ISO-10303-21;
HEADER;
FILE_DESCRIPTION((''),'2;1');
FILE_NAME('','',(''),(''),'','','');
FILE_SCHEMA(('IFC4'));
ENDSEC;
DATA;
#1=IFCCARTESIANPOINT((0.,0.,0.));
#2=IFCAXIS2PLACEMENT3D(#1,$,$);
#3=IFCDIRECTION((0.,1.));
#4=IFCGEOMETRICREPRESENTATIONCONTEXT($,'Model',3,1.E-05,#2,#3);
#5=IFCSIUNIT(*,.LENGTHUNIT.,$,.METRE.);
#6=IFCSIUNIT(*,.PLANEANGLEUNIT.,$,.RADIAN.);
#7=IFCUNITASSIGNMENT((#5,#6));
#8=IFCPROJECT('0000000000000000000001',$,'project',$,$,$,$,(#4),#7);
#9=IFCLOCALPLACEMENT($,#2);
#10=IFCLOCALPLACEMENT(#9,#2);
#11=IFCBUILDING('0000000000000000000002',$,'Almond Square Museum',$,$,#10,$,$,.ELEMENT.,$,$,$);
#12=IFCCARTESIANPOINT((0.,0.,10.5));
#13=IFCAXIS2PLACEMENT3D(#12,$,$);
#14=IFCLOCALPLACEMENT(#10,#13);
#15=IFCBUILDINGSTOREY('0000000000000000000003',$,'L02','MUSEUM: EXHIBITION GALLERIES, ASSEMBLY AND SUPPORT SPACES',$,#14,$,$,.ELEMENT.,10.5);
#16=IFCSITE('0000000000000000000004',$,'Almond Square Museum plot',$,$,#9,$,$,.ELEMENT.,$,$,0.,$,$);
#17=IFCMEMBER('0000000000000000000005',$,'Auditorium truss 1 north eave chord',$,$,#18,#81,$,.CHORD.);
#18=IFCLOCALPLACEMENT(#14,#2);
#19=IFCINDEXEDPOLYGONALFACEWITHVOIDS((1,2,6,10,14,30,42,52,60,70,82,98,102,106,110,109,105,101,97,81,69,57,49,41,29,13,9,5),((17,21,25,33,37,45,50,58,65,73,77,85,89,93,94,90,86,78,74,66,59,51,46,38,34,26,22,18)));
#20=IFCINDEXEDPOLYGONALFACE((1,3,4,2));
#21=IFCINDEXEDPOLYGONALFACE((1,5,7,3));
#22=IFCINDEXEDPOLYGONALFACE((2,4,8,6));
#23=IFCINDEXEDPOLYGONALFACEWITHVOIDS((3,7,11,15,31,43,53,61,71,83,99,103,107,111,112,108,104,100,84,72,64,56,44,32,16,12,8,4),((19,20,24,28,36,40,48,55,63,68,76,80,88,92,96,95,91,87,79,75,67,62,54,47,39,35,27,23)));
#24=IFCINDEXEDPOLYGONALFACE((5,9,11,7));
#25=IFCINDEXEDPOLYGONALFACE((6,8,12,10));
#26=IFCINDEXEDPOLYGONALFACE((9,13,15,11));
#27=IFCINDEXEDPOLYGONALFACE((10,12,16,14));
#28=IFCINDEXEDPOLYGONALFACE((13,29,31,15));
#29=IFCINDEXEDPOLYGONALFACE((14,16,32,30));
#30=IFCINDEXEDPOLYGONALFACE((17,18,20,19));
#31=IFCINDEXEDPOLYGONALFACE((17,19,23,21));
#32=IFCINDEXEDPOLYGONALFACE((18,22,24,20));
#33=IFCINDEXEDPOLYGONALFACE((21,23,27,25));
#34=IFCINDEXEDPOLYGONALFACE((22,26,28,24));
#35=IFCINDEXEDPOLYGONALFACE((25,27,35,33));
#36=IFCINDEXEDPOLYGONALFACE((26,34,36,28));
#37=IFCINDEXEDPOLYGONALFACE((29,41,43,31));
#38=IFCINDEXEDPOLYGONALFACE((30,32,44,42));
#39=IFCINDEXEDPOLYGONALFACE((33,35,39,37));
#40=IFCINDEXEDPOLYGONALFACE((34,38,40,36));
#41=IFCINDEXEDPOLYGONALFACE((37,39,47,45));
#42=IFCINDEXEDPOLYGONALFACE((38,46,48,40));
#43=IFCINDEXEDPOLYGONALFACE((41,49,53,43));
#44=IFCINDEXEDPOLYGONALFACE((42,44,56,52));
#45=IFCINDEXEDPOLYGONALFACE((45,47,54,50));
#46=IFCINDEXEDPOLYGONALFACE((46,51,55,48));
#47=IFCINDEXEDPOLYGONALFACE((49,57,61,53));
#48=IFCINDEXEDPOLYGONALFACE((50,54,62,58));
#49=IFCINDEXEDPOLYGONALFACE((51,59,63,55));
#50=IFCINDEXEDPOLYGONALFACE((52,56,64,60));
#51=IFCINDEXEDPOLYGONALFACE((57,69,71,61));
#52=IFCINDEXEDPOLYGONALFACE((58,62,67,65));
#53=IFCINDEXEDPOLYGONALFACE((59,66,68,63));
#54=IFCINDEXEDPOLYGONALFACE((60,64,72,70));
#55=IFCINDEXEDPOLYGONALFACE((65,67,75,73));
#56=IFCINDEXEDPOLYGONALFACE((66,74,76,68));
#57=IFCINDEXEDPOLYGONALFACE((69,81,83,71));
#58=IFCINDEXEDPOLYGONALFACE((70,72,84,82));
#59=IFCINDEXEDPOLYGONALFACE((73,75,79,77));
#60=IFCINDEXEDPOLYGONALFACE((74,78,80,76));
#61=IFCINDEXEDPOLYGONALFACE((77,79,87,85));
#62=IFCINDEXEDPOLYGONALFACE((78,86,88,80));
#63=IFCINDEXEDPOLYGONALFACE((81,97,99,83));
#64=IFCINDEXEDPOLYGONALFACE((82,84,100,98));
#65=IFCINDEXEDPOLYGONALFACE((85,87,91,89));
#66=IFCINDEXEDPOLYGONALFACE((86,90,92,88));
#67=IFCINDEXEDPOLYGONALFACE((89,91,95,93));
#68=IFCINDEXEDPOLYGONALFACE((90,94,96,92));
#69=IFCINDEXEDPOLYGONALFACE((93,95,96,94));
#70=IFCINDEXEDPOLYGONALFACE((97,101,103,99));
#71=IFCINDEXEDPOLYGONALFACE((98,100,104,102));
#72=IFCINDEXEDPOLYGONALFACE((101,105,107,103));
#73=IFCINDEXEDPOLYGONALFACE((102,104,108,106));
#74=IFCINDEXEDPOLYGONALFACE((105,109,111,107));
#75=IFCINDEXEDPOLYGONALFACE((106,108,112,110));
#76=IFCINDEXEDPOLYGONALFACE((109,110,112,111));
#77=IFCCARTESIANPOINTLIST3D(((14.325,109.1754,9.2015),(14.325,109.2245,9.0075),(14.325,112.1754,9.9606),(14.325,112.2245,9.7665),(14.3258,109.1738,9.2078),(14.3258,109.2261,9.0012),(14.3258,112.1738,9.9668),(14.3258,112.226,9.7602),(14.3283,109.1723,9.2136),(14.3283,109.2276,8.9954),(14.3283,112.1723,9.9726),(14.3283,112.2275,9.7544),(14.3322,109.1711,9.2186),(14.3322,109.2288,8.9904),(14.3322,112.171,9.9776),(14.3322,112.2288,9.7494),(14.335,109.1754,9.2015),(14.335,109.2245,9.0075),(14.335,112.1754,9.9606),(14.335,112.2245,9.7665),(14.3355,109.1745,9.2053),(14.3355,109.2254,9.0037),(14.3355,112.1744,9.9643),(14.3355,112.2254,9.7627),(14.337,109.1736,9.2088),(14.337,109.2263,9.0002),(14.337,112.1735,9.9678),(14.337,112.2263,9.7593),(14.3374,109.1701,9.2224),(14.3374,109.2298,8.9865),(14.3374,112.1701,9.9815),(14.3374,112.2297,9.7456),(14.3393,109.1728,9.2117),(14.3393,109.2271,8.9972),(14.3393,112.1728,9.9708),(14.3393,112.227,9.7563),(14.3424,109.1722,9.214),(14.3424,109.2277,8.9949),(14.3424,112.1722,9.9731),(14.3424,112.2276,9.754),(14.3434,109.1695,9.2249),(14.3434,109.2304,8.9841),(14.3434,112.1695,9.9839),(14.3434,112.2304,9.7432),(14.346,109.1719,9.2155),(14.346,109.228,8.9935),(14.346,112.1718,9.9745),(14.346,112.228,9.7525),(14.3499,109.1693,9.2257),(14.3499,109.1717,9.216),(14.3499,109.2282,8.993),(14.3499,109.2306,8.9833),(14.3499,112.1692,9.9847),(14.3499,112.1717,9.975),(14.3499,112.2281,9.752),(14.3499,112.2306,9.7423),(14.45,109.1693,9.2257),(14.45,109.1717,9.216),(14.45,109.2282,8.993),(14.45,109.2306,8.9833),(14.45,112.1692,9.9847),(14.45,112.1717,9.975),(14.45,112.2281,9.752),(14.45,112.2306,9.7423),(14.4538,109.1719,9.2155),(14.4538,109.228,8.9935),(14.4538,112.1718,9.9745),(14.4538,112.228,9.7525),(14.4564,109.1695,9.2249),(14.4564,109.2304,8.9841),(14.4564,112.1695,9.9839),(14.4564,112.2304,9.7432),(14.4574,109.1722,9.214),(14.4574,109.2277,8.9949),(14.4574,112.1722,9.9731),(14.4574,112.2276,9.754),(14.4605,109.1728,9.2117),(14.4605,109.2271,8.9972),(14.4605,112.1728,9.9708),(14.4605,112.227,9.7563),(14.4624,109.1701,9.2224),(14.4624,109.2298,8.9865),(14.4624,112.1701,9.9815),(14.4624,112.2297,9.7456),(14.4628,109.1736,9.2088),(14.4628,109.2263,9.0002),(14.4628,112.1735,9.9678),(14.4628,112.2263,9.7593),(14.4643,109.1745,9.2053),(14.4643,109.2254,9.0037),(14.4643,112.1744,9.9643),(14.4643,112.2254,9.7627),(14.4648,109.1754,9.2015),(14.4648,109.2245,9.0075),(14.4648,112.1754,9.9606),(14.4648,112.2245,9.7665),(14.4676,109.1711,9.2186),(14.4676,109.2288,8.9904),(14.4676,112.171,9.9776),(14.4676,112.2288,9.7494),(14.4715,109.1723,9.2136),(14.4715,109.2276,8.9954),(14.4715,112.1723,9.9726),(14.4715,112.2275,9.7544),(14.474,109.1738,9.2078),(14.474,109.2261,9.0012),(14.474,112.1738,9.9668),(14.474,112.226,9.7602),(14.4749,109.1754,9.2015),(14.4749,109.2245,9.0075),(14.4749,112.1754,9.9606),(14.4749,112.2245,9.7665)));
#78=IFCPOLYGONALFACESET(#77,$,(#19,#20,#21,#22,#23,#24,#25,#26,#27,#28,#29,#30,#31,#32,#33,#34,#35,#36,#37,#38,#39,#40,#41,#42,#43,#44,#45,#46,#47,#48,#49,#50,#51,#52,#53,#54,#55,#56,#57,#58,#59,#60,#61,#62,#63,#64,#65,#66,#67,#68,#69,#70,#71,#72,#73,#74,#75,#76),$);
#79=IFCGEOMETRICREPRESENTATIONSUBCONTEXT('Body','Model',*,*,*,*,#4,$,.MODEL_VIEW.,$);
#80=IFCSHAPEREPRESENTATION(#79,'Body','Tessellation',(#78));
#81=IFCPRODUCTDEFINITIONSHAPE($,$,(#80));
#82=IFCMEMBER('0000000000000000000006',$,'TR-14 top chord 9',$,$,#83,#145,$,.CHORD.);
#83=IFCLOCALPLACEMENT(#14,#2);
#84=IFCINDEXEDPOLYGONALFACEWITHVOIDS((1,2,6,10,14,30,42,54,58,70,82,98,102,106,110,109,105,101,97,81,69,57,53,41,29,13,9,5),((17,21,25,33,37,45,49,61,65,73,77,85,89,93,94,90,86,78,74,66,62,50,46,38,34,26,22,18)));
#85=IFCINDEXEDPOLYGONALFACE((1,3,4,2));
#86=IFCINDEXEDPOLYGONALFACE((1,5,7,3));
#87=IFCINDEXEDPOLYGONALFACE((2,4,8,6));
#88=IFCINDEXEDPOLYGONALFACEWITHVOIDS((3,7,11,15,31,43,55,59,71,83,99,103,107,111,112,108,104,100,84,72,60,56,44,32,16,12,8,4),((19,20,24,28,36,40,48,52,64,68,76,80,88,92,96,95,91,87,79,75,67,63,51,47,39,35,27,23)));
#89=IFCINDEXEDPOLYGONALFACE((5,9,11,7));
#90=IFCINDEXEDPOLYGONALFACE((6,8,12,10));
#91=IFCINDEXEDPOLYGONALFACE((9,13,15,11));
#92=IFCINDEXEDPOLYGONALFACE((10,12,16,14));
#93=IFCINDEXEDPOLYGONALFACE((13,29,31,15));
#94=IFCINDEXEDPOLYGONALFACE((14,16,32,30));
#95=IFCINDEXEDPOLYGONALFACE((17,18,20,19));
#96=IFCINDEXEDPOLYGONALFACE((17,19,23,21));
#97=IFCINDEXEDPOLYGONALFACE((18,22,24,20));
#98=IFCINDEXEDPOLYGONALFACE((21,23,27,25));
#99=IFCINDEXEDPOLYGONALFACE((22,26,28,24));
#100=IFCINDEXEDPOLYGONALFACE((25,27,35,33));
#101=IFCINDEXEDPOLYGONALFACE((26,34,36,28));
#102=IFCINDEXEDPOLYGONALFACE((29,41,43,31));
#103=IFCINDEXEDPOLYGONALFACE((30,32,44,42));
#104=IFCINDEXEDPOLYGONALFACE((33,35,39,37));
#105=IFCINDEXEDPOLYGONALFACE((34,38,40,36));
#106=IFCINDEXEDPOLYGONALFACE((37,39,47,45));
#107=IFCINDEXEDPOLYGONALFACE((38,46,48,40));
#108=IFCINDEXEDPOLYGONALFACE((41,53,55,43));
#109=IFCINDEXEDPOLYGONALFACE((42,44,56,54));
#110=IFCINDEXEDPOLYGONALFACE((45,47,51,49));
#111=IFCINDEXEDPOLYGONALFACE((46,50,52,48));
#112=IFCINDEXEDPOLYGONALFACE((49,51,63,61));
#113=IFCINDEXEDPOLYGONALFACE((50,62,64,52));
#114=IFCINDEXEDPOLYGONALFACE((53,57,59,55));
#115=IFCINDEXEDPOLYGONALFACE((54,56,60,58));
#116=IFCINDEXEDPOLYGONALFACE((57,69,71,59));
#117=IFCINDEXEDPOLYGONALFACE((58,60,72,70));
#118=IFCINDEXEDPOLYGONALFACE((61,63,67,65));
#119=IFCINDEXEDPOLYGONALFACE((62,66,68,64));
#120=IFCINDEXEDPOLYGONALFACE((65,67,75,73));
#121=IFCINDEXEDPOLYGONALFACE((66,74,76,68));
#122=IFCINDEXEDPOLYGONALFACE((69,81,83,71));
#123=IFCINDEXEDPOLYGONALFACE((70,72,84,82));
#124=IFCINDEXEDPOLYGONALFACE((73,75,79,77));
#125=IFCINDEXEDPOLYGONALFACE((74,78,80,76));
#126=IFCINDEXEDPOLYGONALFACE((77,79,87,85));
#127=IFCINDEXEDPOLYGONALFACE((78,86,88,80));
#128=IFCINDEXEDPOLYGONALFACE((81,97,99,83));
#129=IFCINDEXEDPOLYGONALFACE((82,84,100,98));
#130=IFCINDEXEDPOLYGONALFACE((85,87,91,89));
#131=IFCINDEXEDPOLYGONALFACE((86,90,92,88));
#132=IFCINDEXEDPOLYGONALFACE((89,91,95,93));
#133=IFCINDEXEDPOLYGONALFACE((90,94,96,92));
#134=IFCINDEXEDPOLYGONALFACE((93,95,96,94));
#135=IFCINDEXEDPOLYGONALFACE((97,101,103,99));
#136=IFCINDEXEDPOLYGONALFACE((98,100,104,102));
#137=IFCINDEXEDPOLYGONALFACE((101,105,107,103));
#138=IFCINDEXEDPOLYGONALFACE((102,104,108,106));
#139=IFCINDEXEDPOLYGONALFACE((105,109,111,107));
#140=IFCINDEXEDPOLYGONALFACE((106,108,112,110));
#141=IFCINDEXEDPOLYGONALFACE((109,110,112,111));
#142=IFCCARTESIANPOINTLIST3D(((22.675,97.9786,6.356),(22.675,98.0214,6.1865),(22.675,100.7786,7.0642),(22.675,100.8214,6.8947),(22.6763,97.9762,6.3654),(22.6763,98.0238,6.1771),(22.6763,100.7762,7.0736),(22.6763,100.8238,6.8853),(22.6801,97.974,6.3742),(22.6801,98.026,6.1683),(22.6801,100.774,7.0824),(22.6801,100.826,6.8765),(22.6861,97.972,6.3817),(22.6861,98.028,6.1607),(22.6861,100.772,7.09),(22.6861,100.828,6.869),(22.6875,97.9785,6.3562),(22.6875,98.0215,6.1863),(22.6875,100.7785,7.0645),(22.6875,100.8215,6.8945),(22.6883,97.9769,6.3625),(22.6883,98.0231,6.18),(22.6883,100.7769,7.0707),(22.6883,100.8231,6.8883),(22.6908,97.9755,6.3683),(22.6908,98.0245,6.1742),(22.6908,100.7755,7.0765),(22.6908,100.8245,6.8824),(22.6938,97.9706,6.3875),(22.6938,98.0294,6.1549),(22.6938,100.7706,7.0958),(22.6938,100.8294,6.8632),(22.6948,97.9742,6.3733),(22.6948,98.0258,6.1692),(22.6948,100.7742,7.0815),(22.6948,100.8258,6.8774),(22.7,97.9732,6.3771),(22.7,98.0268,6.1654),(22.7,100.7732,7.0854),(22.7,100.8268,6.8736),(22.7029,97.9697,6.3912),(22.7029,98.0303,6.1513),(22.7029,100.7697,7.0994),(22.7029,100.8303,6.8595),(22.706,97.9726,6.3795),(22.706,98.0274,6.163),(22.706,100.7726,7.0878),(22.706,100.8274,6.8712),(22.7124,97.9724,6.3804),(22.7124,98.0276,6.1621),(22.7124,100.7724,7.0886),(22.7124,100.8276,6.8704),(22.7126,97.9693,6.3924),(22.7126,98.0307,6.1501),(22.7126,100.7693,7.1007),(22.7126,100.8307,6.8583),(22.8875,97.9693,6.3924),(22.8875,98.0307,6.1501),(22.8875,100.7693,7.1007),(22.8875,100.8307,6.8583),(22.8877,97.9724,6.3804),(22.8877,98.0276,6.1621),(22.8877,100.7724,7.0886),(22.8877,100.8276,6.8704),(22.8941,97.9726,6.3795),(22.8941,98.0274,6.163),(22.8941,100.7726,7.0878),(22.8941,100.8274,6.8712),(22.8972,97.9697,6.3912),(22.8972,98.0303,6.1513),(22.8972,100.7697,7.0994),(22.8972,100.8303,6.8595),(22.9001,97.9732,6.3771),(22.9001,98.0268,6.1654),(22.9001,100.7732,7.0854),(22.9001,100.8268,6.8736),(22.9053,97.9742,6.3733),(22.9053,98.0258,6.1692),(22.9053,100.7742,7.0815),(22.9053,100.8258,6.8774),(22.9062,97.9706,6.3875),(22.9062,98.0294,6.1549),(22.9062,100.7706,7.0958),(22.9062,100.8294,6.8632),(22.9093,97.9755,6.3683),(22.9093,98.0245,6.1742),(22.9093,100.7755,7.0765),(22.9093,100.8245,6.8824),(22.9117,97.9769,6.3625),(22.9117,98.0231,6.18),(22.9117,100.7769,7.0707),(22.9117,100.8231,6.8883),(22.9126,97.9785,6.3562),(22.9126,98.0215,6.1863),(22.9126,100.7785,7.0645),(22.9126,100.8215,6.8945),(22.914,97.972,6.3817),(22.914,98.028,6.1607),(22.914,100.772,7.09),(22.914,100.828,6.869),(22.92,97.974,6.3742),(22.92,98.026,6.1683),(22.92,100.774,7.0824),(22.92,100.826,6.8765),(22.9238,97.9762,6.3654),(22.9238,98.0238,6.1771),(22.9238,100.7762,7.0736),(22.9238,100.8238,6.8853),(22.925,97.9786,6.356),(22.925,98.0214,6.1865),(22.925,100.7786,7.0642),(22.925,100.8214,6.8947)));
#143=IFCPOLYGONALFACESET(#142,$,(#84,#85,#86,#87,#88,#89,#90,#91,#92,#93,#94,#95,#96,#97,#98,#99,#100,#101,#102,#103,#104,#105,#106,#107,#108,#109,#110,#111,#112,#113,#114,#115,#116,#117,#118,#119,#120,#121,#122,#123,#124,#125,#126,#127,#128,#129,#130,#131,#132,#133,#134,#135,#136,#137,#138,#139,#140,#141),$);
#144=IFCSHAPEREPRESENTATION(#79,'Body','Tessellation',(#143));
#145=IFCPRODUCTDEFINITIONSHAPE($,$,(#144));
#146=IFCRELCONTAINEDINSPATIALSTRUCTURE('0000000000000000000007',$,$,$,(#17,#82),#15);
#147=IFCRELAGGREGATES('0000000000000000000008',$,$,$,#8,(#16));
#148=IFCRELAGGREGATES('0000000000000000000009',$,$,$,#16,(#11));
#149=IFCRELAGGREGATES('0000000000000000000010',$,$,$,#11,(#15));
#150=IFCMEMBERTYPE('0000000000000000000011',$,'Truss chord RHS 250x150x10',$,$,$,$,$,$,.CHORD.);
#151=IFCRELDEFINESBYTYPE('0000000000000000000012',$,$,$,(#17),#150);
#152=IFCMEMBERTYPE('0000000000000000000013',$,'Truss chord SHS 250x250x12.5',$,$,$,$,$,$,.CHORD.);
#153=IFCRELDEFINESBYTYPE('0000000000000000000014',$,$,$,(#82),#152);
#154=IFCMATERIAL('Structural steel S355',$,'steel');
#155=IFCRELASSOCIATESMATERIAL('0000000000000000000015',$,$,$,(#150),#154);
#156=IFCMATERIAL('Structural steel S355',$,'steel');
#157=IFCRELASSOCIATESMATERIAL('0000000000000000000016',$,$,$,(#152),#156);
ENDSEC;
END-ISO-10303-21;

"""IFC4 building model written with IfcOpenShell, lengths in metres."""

from ifc_helpers import new_model, si_unit, direction, frame, origin, origin_2d, place, context, subcontext, project, spatial, hollow_rectangle, extrude, material, material_profile, profile_set, type_object, element, save


model = new_model("IFC4")

# Units and contexts
model_context = context("Model", 3, precision=1e-05, world=origin(), true_north=direction((0.0, 1.0)))
body_context = subcontext(model_context, "Body", "Model", "MODEL_VIEW")
ifc_project = project(units=[si_unit("LENGTHUNIT", "METRE"), si_unit("PLANEANGLEUNIT", "RADIAN")], contexts=[model_context])

# Site, building, storey
site_placement = place(None, origin())
site = spatial("IfcSite", under=ifc_project, at=site_placement, Name="Almond Square Museum plot", CompositionType="ELEMENT", RefElevation=0.0)
building_placement = place(site_placement, origin())
building = spatial("IfcBuilding", under=site, at=building_placement, Name="Almond Square Museum", CompositionType="ELEMENT")
storey_placement = place(building_placement, frame((0.0, 0.0, 10.5)))
storey = spatial("IfcBuildingStorey", under=building, at=storey_placement, Name="L02", Description="MUSEUM: EXHIBITION GALLERIES, ASSEMBLY AND SUPPORT SPACES", CompositionType="ELEMENT", Elevation=10.5)

# Members
ifc_material_1 = material(Name="Structural steel S355", Category="steel")
ifc_material_profile_1 = material_profile(ifc_material_1, hollow_rectangle(XDim=0.1499, YDim=0.25, WallThickness=0.01, InnerFilletRadius=0.0149, OuterFilletRadius=0.0249, at=origin_2d()))
ifc_profile_set_1 = profile_set([ifc_material_profile_1], Name="Structural steel S355")
member_type_1 = type_object("IfcMemberType", Name="Truss chord RHS 250x150x10", PredefinedType="CHORD", material=ifc_profile_set_1)
member_1_placement = place(storey_placement, frame((14.3999, 109.2, 9.1045), z_axis=(0.0, 0.969452, 0.245282), x_axis=(-1.0, 0.0, 0.0)))
element("IfcMember", 1, at=member_1_placement, inside=storey, type_object=member_type_1, Name="Auditorium truss 1 north eave chord", PredefinedType="CHORD", context=body_context, shape_type="SweptSolid", body=[
    extrude(hollow_rectangle(XDim=0.1499, YDim=0.25, WallThickness=0.01, InnerFilletRadius=0.0149, OuterFilletRadius=0.0249, at=origin_2d()), origin(), (0.0, 0.0, 1.0), 3.0945),
])
ifc_material_2 = material(Name="Structural steel S355", Category="steel")
ifc_material_profile_2 = material_profile(ifc_material_2, hollow_rectangle(XDim=0.25, YDim=0.25, WallThickness=0.0125, InnerFilletRadius=0.0249, OuterFilletRadius=0.0376, at=origin_2d()))
ifc_profile_set_2 = profile_set([ifc_material_profile_2], Name="Structural steel S355")
member_type_2 = type_object("IfcMemberType", Name="Truss chord SHS 250x250x12.5", PredefinedType="CHORD", material=ifc_profile_set_2)
for number, where, z_axis, x_axis, name in (
    (2, (22.8, 98.0, 6.2712), (0.0, 0.969468, 0.24522), (-1.0, 0.0, 0.0), "TR-14 top chord 9"),
):
    element("IfcMember", number, at=place(storey_placement, frame(where, z_axis=z_axis, x_axis=x_axis)), inside=storey, type_object=member_type_2, Name=name, PredefinedType="CHORD", context=body_context, shape_type="SweptSolid", body=[
        extrude(hollow_rectangle(XDim=0.25, YDim=0.25, WallThickness=0.0125, InnerFilletRadius=0.0249, OuterFilletRadius=0.0376, at=origin_2d()), origin(), (0.0, 0.0, 1.0), 2.8882),
    ])

save(model, "model.ifc")
